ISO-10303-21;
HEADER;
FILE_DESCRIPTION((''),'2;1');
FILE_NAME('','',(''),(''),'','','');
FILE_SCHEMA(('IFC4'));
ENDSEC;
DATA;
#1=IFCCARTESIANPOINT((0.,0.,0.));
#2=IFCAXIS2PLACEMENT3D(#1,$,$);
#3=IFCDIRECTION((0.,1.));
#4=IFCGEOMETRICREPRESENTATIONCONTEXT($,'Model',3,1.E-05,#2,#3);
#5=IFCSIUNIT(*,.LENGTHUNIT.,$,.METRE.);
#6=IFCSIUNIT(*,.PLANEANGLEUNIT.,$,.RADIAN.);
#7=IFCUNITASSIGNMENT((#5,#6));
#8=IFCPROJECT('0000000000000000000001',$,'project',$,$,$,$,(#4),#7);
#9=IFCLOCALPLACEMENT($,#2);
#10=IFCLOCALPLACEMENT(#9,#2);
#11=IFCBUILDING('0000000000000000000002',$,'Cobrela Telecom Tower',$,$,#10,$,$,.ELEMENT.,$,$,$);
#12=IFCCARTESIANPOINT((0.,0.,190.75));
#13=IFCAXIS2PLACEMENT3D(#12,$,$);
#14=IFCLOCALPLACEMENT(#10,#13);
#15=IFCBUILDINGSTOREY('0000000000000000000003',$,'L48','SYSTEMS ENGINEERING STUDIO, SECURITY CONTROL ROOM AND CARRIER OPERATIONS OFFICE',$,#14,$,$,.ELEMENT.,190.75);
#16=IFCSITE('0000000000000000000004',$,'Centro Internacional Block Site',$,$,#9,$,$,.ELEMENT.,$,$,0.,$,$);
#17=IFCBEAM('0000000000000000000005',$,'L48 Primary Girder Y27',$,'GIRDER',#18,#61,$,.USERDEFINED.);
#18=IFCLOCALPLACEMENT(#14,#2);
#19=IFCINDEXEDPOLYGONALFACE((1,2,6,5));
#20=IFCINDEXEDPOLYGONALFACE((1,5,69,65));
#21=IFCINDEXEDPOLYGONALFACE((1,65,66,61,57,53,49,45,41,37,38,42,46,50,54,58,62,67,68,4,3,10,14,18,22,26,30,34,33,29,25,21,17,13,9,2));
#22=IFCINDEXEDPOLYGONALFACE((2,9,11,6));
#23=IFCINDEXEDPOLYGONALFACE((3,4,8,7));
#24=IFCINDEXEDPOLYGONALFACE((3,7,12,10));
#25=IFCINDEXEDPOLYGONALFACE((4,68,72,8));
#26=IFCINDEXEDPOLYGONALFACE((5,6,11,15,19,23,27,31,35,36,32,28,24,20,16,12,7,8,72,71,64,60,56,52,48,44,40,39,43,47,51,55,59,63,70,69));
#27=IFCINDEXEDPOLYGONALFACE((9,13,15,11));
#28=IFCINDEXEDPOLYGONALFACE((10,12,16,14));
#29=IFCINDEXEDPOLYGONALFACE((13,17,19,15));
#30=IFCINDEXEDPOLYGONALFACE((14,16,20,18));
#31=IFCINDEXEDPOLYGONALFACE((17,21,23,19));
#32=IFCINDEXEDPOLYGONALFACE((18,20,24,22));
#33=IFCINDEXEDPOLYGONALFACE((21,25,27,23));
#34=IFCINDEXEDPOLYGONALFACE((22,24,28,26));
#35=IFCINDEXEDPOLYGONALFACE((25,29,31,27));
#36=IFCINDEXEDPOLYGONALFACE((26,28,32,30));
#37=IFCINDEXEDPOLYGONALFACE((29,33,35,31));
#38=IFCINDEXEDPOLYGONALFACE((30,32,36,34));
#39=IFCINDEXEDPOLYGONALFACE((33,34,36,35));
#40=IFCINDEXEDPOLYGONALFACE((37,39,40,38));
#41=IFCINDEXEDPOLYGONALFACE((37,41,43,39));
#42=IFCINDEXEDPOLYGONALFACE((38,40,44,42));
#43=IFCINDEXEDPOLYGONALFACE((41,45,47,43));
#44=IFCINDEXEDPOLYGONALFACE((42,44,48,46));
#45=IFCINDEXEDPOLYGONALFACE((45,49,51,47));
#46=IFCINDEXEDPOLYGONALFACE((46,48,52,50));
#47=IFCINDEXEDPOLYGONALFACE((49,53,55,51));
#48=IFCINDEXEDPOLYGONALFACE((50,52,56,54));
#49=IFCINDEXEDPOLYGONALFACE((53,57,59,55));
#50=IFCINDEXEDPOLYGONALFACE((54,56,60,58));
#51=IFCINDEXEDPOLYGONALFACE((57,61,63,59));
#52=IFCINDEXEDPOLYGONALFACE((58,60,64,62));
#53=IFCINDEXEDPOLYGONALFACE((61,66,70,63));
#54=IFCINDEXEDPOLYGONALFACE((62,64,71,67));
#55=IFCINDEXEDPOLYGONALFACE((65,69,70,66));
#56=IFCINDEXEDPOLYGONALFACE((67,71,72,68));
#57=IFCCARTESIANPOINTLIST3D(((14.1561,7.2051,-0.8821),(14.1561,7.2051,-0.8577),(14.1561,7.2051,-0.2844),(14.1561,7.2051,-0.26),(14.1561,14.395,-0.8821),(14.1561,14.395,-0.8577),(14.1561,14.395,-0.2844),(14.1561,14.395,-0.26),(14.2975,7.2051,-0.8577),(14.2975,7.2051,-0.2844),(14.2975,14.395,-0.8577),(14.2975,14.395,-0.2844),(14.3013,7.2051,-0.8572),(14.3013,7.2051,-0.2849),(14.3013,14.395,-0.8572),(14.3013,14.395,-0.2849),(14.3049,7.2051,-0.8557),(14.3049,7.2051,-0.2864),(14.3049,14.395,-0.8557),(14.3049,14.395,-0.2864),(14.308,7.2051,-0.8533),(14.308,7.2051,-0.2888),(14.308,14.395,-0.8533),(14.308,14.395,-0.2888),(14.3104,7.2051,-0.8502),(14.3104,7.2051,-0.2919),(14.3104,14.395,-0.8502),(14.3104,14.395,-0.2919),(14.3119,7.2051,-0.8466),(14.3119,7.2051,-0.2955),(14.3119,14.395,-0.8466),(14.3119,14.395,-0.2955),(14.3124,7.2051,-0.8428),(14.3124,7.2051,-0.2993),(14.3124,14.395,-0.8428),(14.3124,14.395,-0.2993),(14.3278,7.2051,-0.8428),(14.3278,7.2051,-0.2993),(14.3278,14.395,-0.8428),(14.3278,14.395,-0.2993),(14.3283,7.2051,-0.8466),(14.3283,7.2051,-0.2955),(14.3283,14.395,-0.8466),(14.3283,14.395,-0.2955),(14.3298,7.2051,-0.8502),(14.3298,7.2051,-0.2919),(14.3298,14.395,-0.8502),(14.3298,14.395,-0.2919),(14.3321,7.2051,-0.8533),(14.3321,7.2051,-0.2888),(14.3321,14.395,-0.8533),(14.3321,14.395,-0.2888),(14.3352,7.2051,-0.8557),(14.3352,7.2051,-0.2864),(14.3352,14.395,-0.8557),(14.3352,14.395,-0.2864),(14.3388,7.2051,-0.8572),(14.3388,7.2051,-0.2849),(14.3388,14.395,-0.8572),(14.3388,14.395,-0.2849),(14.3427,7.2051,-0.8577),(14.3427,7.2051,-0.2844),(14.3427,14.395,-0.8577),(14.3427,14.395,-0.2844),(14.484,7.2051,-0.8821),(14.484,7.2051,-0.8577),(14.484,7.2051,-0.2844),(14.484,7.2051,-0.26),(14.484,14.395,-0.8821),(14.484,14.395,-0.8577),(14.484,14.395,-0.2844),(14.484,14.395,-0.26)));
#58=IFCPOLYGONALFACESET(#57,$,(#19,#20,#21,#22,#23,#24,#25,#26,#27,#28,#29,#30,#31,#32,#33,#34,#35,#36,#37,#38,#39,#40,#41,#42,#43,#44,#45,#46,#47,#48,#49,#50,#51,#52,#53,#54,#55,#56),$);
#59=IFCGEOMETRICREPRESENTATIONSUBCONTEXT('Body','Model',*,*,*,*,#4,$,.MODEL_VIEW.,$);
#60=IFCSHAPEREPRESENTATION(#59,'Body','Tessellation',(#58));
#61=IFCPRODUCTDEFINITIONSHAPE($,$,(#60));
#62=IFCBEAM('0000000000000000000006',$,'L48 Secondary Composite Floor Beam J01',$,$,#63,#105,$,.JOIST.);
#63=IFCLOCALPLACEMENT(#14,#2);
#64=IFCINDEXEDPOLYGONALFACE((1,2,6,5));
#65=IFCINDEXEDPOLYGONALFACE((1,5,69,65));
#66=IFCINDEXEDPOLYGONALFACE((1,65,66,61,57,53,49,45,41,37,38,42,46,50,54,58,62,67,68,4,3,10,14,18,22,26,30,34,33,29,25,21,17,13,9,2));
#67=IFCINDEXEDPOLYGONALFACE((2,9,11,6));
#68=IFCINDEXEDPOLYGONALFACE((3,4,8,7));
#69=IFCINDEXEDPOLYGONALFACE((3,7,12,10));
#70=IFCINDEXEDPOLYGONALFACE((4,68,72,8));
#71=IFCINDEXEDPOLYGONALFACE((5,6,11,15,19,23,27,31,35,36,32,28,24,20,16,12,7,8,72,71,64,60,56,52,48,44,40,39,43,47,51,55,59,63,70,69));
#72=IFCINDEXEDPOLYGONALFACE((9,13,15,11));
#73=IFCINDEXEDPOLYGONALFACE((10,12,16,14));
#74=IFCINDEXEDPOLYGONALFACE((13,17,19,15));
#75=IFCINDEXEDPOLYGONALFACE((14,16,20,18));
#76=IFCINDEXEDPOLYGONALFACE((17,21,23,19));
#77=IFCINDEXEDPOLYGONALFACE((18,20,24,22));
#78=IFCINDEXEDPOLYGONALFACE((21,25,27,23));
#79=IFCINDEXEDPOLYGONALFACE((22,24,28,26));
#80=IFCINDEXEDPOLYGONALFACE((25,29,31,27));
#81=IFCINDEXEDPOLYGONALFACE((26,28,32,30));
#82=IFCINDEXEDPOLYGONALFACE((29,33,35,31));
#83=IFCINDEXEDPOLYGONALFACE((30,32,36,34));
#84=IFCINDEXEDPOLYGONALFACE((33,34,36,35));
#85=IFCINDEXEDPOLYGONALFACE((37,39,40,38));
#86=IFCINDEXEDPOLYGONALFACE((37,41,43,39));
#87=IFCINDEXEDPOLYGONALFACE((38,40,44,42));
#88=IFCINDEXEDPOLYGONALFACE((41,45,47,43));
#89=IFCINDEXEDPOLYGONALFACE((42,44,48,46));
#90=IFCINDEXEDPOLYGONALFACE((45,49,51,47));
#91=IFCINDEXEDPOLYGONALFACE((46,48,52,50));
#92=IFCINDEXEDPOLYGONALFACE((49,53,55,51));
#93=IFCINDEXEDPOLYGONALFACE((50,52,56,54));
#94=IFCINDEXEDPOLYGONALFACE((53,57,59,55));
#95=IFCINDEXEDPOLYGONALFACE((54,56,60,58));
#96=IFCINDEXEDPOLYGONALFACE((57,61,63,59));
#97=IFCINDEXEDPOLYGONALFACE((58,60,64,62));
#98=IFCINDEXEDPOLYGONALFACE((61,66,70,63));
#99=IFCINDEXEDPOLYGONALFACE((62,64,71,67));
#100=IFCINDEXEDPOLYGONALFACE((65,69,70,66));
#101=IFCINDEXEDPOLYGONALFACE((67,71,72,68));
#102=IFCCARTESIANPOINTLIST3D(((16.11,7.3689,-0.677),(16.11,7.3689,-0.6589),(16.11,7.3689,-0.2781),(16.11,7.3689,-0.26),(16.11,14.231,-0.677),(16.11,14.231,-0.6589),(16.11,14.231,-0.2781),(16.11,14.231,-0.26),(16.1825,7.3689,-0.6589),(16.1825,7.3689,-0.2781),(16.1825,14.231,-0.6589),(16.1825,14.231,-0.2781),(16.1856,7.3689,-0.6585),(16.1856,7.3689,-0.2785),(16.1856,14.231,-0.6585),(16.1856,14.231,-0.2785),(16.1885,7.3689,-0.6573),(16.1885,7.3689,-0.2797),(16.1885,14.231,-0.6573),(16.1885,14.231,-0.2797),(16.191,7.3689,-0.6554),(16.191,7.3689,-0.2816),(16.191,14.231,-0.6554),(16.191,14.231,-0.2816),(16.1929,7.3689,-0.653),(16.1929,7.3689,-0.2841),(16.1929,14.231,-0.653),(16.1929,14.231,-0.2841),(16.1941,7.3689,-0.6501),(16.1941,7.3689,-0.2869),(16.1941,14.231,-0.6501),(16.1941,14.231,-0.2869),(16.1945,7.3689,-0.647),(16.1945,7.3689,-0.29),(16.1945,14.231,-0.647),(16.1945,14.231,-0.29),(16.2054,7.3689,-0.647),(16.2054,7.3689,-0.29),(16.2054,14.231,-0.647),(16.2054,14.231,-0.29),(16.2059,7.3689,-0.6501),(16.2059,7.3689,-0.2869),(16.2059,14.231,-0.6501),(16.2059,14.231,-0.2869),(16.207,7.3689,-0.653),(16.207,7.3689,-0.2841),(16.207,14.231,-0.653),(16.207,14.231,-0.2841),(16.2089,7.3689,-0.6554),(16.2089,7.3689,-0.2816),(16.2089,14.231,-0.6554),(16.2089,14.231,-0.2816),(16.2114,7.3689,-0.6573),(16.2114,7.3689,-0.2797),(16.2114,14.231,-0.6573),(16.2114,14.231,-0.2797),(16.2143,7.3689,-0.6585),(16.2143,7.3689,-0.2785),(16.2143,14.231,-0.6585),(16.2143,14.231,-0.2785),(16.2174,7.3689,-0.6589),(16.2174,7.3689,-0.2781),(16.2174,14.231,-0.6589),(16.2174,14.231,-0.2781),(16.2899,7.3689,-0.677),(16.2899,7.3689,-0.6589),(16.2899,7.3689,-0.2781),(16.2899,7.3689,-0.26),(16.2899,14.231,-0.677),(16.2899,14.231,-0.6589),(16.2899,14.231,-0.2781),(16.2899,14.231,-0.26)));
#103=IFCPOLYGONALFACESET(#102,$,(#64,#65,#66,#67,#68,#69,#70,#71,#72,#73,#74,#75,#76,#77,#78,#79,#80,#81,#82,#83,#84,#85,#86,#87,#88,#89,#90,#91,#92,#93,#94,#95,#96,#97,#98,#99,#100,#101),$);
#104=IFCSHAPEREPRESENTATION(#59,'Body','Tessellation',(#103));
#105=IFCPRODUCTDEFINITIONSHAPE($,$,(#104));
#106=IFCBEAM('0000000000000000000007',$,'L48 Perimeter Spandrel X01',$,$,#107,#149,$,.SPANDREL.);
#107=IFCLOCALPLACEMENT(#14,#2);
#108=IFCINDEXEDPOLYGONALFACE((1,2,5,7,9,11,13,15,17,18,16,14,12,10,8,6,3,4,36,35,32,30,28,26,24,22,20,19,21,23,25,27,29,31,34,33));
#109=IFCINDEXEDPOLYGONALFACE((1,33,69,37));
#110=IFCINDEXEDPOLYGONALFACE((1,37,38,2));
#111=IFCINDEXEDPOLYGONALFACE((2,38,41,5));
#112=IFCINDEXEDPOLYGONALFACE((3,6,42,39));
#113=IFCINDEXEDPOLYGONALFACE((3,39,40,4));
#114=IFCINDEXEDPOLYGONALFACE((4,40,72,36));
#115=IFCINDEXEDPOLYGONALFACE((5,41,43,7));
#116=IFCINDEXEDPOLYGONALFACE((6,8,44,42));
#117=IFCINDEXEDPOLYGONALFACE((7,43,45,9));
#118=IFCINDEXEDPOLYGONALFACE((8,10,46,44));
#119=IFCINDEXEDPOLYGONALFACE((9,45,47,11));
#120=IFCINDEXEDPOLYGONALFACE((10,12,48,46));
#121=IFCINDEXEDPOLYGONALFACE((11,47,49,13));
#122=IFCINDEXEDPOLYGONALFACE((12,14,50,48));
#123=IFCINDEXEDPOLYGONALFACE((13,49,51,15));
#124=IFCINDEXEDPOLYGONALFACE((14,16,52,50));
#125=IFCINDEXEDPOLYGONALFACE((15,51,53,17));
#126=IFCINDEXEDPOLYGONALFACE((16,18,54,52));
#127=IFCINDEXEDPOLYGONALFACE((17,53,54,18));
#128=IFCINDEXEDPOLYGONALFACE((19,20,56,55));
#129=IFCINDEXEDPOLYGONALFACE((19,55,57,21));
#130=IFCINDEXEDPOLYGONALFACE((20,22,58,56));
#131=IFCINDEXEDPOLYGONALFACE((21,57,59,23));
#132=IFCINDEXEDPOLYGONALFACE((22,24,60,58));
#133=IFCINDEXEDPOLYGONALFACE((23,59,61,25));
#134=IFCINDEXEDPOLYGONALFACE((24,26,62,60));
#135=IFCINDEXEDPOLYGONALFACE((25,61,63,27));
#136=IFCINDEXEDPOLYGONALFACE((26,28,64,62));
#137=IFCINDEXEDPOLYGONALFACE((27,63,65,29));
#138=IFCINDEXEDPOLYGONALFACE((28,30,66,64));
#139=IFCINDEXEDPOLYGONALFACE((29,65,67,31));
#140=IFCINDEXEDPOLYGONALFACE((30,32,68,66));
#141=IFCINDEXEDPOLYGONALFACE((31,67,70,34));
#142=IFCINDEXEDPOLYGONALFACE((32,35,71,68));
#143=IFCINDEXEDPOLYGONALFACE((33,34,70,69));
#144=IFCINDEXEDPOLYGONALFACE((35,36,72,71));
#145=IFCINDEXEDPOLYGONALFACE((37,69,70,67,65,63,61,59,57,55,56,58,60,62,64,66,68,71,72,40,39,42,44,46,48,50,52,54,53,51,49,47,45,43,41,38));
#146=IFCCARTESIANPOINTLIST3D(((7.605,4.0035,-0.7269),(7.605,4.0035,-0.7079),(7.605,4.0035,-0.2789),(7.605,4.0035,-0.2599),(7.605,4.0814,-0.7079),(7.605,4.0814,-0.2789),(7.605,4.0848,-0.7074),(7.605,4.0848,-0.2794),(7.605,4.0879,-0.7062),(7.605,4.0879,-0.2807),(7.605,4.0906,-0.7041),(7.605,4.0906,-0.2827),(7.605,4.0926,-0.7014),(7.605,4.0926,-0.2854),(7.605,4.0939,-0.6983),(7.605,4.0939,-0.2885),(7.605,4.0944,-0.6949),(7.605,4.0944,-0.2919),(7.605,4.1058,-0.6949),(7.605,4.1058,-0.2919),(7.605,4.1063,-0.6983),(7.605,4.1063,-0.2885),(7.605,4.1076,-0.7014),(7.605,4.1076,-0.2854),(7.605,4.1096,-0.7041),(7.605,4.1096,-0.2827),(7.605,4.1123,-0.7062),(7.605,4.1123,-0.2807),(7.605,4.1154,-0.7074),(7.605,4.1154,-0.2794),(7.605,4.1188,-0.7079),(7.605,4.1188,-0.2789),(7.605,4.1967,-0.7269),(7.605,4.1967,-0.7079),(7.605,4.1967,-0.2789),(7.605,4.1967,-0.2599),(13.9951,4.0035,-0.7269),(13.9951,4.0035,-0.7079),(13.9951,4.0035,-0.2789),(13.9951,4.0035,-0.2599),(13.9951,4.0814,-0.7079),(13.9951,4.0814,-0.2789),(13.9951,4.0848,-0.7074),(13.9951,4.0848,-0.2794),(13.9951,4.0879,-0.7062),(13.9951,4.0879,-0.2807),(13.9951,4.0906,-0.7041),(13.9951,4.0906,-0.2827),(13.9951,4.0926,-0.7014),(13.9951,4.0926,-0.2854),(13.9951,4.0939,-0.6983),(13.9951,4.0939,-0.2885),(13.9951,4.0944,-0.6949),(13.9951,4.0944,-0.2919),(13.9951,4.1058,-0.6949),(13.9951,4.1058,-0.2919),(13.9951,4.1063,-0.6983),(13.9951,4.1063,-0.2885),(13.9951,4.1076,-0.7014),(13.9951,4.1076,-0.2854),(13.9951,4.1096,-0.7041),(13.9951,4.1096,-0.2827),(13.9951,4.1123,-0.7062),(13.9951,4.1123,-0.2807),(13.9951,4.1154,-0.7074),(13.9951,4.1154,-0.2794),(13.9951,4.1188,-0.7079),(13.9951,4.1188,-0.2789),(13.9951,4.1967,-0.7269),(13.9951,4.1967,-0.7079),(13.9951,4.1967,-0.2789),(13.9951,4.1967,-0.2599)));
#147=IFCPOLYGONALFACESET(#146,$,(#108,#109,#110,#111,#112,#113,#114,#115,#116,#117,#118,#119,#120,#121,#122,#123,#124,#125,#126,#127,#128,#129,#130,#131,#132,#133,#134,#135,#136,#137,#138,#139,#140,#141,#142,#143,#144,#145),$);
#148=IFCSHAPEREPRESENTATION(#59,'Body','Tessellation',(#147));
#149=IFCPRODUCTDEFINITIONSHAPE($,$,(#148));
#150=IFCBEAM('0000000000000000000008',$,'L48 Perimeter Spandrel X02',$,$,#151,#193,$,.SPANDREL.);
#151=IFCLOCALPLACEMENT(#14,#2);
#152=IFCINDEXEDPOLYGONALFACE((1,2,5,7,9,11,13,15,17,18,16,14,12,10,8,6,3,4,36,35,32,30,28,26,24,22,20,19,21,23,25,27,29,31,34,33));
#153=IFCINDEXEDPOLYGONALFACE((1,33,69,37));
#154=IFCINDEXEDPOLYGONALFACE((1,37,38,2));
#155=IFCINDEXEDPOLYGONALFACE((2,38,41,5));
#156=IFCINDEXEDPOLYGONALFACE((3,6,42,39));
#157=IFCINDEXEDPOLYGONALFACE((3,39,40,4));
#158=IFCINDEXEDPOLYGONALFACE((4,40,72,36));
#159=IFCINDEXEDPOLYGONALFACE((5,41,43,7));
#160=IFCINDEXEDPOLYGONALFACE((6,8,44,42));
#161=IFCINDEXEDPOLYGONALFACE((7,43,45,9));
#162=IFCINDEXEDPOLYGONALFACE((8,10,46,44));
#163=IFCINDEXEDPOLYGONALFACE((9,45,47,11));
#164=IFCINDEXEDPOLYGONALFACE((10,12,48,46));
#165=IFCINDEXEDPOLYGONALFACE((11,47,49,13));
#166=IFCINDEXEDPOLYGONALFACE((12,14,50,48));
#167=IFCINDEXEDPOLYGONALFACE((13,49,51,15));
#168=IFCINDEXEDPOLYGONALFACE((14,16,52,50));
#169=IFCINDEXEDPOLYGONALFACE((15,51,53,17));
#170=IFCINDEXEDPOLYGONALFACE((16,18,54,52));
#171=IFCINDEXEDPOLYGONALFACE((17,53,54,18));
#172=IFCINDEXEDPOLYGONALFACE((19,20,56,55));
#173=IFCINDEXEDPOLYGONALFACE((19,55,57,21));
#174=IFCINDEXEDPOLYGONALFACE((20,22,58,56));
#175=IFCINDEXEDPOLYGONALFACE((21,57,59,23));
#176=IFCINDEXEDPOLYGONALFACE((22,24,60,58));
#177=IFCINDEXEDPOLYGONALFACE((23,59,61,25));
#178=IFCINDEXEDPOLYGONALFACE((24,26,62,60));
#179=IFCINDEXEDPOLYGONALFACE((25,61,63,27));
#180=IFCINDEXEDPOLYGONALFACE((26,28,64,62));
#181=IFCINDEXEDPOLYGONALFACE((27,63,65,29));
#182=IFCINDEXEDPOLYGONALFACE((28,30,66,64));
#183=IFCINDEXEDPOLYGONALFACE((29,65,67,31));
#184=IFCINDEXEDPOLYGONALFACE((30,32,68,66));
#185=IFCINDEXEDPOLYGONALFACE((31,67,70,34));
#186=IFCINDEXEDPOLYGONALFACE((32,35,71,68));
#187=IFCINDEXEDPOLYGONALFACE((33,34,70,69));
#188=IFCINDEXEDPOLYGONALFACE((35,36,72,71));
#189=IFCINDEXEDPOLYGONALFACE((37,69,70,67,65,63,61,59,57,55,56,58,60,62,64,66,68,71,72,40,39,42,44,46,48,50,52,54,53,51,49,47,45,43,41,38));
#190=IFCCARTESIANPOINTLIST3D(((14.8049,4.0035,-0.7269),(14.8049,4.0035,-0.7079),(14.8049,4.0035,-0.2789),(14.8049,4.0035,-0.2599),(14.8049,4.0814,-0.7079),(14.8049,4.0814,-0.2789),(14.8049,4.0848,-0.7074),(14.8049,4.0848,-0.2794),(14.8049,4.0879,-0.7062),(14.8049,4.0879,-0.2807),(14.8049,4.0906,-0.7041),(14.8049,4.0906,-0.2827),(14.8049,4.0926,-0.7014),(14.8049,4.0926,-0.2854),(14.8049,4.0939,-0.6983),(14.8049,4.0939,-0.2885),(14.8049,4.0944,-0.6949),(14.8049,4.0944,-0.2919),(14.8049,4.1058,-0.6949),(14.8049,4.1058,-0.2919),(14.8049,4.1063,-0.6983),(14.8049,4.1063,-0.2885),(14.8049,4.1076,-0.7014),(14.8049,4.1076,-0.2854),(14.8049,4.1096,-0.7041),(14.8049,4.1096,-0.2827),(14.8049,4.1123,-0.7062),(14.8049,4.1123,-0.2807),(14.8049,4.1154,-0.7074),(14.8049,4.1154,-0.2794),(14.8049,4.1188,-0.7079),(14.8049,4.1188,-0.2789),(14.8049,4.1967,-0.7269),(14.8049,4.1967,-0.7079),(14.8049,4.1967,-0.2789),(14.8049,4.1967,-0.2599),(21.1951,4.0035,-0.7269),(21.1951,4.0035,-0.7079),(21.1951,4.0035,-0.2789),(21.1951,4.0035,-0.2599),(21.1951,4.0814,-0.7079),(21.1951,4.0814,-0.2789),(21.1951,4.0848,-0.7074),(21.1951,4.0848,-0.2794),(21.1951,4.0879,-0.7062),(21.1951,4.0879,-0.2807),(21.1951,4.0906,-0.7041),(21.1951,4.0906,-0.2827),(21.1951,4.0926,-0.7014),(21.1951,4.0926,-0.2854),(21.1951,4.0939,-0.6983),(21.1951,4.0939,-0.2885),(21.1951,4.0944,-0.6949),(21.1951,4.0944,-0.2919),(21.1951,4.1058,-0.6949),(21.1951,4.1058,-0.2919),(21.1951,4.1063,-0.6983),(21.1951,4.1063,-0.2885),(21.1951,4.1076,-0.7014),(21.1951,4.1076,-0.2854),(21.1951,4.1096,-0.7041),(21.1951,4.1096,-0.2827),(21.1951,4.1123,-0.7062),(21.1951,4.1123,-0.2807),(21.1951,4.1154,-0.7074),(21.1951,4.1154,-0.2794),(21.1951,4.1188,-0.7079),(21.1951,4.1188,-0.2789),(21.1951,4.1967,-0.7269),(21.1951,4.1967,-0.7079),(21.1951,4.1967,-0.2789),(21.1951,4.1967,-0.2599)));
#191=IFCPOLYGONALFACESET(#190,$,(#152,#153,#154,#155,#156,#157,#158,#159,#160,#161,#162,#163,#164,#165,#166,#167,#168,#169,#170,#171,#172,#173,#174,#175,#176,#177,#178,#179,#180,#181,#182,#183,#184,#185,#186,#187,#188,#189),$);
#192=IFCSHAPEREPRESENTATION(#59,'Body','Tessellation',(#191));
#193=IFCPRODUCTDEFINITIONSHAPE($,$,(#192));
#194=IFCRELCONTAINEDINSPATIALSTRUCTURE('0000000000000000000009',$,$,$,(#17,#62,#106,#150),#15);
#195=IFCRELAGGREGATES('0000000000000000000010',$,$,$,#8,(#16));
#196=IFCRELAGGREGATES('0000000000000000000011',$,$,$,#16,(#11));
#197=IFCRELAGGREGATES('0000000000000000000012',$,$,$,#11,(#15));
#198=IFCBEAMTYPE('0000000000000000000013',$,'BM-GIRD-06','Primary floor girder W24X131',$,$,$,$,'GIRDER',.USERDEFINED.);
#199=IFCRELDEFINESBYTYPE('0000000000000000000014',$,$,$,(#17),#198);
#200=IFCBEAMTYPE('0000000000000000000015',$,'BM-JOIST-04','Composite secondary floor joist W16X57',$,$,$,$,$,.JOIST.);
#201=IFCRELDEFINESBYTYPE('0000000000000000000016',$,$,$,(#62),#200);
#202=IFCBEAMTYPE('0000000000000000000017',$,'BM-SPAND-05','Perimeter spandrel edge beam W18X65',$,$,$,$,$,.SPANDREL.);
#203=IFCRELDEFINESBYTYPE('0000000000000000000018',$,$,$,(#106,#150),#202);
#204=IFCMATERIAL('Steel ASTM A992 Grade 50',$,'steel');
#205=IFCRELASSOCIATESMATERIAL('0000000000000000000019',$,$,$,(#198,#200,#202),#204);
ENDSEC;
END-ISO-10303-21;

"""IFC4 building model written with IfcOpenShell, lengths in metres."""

from ifc_helpers import new_model, si_unit, direction, frame, origin, origin_2d, place, context, subcontext, project, spatial, i_section, extrude, material, material_profile, profile_set, type_object, element, save


model = new_model("IFC4")

# Units and contexts
model_context = context("Model", 3, precision=1e-05, world=origin(), true_north=direction((0.0, 1.0)))
body_context = subcontext(model_context, "Body", "Model", "MODEL_VIEW")
ifc_project = project(units=[si_unit("LENGTHUNIT", "METRE"), si_unit("PLANEANGLEUNIT", "RADIAN")], contexts=[model_context])

# Site, building, storey
site_placement = place(None, origin())
site = spatial("IfcSite", under=ifc_project, at=site_placement, Name="Centro Internacional Block Site", CompositionType="ELEMENT", RefElevation=0.0)
building_placement = place(site_placement, origin())
building = spatial("IfcBuilding", under=site, at=building_placement, Name="Cobrela Telecom Tower", CompositionType="ELEMENT")
storey_placement = place(building_placement, frame((0.0, 0.0, 190.75)))
storey = spatial("IfcBuildingStorey", under=building, at=storey_placement, Name="L48", Description="SYSTEMS ENGINEERING STUDIO, SECURITY CONTROL ROOM AND CARRIER OPERATIONS OFFICE", CompositionType="ELEMENT", Elevation=190.75)

# Beams
ifc_material_1 = material(Name="Steel ASTM A992 Grade 50", Category="steel")
ifc_material_profile_1 = material_profile(ifc_material_1, i_section(OverallWidth=0.3279, OverallDepth=0.6221, WebThickness=0.0154, FlangeThickness=0.0244, FilletRadius=0.0149, at=origin_2d()), Name="W24X131")
ifc_profile_set_1 = profile_set([ifc_material_profile_1], Name="Steel ASTM A992 Grade 50")
beam_type_1 = type_object("IfcBeamType", Name="BM-GIRD-06", Description="Primary floor girder W24X131", ElementType="GIRDER", PredefinedType="USERDEFINED", material=ifc_profile_set_1)
beam_1_placement = place(storey_placement, frame((14.3201, 7.2051, -0.571), z_axis=(0.0, 1.0, 0.0), x_axis=(-1.0, 0.0, 0.0)))
element("IfcBeam", 1, at=beam_1_placement, inside=storey, type_object=beam_type_1, Name="L48 Primary Girder Y27", ObjectType="GIRDER", PredefinedType="USERDEFINED", context=body_context, shape_type="SweptSolid", body=[
    extrude(i_section(OverallWidth=0.3279, OverallDepth=0.6221, WebThickness=0.0154, FlangeThickness=0.0244, FilletRadius=0.0149, at=origin_2d()), origin(), (0.0, 0.0, 1.0), 7.1899),
])
ifc_material_profile_2 = material_profile(ifc_material_1, i_section(OverallWidth=0.1799, OverallDepth=0.417, WebThickness=0.011, FlangeThickness=0.0181, FilletRadius=0.012, at=origin_2d()), Name="W16X57")
ifc_profile_set_2 = profile_set([ifc_material_profile_2], Name="Steel ASTM A992 Grade 50")
beam_type_2 = type_object("IfcBeamType", Name="BM-JOIST-04", Description="Composite secondary floor joist W16X57", PredefinedType="JOIST", material=ifc_profile_set_2)
beam_2_placement = place(storey_placement, frame((16.2, 7.3689, -0.4685), z_axis=(0.0, 1.0, 0.0), x_axis=(-1.0, 0.0, 0.0)))
element("IfcBeam", 2, at=beam_2_placement, inside=storey, type_object=beam_type_2, Name="L48 Secondary Composite Floor Beam J01", PredefinedType="JOIST", context=body_context, shape_type="SweptSolid", body=[
    extrude(i_section(OverallWidth=0.1799, OverallDepth=0.417, WebThickness=0.011, FlangeThickness=0.0181, FilletRadius=0.012, at=origin_2d()), origin(), (0.0, 0.0, 1.0), 6.8621),
])
ifc_material_profile_3 = material_profile(ifc_material_1, i_section(OverallWidth=0.1931, OverallDepth=0.467, WebThickness=0.0115, FlangeThickness=0.019, FilletRadius=0.0129, at=origin_2d()), Name="W18X65")
ifc_profile_set_3 = profile_set([ifc_material_profile_3], Name="Steel ASTM A992 Grade 50")
beam_type_3 = type_object("IfcBeamType", Name="BM-SPAND-05", Description="Perimeter spandrel edge beam W18X65", PredefinedType="SPANDREL", material=ifc_profile_set_3)
for number, where, z_axis, x_axis, name in (
    (3, (7.605, 4.1001, -0.4934), (1.0, 0.0, 0.0), (0.0, 1.0, 0.0), "L48 Perimeter Spandrel X01"),
    (4, (14.8049, 4.1001, -0.4934), (1.0, 0.0, 0.0), (0.0, 1.0, 0.0), "L48 Perimeter Spandrel X02"),
):
    element("IfcBeam", number, at=place(storey_placement, frame(where, z_axis=z_axis, x_axis=x_axis)), inside=storey, type_object=beam_type_3, Name=name, PredefinedType="SPANDREL", context=body_context, shape_type="SweptSolid", body=[
        extrude(i_section(OverallWidth=0.1931, OverallDepth=0.467, WebThickness=0.0115, FlangeThickness=0.019, FilletRadius=0.0129, at=origin_2d()), origin(), (0.0, 0.0, 1.0), 6.3901),
    ])

save(model, "model.ifc")
